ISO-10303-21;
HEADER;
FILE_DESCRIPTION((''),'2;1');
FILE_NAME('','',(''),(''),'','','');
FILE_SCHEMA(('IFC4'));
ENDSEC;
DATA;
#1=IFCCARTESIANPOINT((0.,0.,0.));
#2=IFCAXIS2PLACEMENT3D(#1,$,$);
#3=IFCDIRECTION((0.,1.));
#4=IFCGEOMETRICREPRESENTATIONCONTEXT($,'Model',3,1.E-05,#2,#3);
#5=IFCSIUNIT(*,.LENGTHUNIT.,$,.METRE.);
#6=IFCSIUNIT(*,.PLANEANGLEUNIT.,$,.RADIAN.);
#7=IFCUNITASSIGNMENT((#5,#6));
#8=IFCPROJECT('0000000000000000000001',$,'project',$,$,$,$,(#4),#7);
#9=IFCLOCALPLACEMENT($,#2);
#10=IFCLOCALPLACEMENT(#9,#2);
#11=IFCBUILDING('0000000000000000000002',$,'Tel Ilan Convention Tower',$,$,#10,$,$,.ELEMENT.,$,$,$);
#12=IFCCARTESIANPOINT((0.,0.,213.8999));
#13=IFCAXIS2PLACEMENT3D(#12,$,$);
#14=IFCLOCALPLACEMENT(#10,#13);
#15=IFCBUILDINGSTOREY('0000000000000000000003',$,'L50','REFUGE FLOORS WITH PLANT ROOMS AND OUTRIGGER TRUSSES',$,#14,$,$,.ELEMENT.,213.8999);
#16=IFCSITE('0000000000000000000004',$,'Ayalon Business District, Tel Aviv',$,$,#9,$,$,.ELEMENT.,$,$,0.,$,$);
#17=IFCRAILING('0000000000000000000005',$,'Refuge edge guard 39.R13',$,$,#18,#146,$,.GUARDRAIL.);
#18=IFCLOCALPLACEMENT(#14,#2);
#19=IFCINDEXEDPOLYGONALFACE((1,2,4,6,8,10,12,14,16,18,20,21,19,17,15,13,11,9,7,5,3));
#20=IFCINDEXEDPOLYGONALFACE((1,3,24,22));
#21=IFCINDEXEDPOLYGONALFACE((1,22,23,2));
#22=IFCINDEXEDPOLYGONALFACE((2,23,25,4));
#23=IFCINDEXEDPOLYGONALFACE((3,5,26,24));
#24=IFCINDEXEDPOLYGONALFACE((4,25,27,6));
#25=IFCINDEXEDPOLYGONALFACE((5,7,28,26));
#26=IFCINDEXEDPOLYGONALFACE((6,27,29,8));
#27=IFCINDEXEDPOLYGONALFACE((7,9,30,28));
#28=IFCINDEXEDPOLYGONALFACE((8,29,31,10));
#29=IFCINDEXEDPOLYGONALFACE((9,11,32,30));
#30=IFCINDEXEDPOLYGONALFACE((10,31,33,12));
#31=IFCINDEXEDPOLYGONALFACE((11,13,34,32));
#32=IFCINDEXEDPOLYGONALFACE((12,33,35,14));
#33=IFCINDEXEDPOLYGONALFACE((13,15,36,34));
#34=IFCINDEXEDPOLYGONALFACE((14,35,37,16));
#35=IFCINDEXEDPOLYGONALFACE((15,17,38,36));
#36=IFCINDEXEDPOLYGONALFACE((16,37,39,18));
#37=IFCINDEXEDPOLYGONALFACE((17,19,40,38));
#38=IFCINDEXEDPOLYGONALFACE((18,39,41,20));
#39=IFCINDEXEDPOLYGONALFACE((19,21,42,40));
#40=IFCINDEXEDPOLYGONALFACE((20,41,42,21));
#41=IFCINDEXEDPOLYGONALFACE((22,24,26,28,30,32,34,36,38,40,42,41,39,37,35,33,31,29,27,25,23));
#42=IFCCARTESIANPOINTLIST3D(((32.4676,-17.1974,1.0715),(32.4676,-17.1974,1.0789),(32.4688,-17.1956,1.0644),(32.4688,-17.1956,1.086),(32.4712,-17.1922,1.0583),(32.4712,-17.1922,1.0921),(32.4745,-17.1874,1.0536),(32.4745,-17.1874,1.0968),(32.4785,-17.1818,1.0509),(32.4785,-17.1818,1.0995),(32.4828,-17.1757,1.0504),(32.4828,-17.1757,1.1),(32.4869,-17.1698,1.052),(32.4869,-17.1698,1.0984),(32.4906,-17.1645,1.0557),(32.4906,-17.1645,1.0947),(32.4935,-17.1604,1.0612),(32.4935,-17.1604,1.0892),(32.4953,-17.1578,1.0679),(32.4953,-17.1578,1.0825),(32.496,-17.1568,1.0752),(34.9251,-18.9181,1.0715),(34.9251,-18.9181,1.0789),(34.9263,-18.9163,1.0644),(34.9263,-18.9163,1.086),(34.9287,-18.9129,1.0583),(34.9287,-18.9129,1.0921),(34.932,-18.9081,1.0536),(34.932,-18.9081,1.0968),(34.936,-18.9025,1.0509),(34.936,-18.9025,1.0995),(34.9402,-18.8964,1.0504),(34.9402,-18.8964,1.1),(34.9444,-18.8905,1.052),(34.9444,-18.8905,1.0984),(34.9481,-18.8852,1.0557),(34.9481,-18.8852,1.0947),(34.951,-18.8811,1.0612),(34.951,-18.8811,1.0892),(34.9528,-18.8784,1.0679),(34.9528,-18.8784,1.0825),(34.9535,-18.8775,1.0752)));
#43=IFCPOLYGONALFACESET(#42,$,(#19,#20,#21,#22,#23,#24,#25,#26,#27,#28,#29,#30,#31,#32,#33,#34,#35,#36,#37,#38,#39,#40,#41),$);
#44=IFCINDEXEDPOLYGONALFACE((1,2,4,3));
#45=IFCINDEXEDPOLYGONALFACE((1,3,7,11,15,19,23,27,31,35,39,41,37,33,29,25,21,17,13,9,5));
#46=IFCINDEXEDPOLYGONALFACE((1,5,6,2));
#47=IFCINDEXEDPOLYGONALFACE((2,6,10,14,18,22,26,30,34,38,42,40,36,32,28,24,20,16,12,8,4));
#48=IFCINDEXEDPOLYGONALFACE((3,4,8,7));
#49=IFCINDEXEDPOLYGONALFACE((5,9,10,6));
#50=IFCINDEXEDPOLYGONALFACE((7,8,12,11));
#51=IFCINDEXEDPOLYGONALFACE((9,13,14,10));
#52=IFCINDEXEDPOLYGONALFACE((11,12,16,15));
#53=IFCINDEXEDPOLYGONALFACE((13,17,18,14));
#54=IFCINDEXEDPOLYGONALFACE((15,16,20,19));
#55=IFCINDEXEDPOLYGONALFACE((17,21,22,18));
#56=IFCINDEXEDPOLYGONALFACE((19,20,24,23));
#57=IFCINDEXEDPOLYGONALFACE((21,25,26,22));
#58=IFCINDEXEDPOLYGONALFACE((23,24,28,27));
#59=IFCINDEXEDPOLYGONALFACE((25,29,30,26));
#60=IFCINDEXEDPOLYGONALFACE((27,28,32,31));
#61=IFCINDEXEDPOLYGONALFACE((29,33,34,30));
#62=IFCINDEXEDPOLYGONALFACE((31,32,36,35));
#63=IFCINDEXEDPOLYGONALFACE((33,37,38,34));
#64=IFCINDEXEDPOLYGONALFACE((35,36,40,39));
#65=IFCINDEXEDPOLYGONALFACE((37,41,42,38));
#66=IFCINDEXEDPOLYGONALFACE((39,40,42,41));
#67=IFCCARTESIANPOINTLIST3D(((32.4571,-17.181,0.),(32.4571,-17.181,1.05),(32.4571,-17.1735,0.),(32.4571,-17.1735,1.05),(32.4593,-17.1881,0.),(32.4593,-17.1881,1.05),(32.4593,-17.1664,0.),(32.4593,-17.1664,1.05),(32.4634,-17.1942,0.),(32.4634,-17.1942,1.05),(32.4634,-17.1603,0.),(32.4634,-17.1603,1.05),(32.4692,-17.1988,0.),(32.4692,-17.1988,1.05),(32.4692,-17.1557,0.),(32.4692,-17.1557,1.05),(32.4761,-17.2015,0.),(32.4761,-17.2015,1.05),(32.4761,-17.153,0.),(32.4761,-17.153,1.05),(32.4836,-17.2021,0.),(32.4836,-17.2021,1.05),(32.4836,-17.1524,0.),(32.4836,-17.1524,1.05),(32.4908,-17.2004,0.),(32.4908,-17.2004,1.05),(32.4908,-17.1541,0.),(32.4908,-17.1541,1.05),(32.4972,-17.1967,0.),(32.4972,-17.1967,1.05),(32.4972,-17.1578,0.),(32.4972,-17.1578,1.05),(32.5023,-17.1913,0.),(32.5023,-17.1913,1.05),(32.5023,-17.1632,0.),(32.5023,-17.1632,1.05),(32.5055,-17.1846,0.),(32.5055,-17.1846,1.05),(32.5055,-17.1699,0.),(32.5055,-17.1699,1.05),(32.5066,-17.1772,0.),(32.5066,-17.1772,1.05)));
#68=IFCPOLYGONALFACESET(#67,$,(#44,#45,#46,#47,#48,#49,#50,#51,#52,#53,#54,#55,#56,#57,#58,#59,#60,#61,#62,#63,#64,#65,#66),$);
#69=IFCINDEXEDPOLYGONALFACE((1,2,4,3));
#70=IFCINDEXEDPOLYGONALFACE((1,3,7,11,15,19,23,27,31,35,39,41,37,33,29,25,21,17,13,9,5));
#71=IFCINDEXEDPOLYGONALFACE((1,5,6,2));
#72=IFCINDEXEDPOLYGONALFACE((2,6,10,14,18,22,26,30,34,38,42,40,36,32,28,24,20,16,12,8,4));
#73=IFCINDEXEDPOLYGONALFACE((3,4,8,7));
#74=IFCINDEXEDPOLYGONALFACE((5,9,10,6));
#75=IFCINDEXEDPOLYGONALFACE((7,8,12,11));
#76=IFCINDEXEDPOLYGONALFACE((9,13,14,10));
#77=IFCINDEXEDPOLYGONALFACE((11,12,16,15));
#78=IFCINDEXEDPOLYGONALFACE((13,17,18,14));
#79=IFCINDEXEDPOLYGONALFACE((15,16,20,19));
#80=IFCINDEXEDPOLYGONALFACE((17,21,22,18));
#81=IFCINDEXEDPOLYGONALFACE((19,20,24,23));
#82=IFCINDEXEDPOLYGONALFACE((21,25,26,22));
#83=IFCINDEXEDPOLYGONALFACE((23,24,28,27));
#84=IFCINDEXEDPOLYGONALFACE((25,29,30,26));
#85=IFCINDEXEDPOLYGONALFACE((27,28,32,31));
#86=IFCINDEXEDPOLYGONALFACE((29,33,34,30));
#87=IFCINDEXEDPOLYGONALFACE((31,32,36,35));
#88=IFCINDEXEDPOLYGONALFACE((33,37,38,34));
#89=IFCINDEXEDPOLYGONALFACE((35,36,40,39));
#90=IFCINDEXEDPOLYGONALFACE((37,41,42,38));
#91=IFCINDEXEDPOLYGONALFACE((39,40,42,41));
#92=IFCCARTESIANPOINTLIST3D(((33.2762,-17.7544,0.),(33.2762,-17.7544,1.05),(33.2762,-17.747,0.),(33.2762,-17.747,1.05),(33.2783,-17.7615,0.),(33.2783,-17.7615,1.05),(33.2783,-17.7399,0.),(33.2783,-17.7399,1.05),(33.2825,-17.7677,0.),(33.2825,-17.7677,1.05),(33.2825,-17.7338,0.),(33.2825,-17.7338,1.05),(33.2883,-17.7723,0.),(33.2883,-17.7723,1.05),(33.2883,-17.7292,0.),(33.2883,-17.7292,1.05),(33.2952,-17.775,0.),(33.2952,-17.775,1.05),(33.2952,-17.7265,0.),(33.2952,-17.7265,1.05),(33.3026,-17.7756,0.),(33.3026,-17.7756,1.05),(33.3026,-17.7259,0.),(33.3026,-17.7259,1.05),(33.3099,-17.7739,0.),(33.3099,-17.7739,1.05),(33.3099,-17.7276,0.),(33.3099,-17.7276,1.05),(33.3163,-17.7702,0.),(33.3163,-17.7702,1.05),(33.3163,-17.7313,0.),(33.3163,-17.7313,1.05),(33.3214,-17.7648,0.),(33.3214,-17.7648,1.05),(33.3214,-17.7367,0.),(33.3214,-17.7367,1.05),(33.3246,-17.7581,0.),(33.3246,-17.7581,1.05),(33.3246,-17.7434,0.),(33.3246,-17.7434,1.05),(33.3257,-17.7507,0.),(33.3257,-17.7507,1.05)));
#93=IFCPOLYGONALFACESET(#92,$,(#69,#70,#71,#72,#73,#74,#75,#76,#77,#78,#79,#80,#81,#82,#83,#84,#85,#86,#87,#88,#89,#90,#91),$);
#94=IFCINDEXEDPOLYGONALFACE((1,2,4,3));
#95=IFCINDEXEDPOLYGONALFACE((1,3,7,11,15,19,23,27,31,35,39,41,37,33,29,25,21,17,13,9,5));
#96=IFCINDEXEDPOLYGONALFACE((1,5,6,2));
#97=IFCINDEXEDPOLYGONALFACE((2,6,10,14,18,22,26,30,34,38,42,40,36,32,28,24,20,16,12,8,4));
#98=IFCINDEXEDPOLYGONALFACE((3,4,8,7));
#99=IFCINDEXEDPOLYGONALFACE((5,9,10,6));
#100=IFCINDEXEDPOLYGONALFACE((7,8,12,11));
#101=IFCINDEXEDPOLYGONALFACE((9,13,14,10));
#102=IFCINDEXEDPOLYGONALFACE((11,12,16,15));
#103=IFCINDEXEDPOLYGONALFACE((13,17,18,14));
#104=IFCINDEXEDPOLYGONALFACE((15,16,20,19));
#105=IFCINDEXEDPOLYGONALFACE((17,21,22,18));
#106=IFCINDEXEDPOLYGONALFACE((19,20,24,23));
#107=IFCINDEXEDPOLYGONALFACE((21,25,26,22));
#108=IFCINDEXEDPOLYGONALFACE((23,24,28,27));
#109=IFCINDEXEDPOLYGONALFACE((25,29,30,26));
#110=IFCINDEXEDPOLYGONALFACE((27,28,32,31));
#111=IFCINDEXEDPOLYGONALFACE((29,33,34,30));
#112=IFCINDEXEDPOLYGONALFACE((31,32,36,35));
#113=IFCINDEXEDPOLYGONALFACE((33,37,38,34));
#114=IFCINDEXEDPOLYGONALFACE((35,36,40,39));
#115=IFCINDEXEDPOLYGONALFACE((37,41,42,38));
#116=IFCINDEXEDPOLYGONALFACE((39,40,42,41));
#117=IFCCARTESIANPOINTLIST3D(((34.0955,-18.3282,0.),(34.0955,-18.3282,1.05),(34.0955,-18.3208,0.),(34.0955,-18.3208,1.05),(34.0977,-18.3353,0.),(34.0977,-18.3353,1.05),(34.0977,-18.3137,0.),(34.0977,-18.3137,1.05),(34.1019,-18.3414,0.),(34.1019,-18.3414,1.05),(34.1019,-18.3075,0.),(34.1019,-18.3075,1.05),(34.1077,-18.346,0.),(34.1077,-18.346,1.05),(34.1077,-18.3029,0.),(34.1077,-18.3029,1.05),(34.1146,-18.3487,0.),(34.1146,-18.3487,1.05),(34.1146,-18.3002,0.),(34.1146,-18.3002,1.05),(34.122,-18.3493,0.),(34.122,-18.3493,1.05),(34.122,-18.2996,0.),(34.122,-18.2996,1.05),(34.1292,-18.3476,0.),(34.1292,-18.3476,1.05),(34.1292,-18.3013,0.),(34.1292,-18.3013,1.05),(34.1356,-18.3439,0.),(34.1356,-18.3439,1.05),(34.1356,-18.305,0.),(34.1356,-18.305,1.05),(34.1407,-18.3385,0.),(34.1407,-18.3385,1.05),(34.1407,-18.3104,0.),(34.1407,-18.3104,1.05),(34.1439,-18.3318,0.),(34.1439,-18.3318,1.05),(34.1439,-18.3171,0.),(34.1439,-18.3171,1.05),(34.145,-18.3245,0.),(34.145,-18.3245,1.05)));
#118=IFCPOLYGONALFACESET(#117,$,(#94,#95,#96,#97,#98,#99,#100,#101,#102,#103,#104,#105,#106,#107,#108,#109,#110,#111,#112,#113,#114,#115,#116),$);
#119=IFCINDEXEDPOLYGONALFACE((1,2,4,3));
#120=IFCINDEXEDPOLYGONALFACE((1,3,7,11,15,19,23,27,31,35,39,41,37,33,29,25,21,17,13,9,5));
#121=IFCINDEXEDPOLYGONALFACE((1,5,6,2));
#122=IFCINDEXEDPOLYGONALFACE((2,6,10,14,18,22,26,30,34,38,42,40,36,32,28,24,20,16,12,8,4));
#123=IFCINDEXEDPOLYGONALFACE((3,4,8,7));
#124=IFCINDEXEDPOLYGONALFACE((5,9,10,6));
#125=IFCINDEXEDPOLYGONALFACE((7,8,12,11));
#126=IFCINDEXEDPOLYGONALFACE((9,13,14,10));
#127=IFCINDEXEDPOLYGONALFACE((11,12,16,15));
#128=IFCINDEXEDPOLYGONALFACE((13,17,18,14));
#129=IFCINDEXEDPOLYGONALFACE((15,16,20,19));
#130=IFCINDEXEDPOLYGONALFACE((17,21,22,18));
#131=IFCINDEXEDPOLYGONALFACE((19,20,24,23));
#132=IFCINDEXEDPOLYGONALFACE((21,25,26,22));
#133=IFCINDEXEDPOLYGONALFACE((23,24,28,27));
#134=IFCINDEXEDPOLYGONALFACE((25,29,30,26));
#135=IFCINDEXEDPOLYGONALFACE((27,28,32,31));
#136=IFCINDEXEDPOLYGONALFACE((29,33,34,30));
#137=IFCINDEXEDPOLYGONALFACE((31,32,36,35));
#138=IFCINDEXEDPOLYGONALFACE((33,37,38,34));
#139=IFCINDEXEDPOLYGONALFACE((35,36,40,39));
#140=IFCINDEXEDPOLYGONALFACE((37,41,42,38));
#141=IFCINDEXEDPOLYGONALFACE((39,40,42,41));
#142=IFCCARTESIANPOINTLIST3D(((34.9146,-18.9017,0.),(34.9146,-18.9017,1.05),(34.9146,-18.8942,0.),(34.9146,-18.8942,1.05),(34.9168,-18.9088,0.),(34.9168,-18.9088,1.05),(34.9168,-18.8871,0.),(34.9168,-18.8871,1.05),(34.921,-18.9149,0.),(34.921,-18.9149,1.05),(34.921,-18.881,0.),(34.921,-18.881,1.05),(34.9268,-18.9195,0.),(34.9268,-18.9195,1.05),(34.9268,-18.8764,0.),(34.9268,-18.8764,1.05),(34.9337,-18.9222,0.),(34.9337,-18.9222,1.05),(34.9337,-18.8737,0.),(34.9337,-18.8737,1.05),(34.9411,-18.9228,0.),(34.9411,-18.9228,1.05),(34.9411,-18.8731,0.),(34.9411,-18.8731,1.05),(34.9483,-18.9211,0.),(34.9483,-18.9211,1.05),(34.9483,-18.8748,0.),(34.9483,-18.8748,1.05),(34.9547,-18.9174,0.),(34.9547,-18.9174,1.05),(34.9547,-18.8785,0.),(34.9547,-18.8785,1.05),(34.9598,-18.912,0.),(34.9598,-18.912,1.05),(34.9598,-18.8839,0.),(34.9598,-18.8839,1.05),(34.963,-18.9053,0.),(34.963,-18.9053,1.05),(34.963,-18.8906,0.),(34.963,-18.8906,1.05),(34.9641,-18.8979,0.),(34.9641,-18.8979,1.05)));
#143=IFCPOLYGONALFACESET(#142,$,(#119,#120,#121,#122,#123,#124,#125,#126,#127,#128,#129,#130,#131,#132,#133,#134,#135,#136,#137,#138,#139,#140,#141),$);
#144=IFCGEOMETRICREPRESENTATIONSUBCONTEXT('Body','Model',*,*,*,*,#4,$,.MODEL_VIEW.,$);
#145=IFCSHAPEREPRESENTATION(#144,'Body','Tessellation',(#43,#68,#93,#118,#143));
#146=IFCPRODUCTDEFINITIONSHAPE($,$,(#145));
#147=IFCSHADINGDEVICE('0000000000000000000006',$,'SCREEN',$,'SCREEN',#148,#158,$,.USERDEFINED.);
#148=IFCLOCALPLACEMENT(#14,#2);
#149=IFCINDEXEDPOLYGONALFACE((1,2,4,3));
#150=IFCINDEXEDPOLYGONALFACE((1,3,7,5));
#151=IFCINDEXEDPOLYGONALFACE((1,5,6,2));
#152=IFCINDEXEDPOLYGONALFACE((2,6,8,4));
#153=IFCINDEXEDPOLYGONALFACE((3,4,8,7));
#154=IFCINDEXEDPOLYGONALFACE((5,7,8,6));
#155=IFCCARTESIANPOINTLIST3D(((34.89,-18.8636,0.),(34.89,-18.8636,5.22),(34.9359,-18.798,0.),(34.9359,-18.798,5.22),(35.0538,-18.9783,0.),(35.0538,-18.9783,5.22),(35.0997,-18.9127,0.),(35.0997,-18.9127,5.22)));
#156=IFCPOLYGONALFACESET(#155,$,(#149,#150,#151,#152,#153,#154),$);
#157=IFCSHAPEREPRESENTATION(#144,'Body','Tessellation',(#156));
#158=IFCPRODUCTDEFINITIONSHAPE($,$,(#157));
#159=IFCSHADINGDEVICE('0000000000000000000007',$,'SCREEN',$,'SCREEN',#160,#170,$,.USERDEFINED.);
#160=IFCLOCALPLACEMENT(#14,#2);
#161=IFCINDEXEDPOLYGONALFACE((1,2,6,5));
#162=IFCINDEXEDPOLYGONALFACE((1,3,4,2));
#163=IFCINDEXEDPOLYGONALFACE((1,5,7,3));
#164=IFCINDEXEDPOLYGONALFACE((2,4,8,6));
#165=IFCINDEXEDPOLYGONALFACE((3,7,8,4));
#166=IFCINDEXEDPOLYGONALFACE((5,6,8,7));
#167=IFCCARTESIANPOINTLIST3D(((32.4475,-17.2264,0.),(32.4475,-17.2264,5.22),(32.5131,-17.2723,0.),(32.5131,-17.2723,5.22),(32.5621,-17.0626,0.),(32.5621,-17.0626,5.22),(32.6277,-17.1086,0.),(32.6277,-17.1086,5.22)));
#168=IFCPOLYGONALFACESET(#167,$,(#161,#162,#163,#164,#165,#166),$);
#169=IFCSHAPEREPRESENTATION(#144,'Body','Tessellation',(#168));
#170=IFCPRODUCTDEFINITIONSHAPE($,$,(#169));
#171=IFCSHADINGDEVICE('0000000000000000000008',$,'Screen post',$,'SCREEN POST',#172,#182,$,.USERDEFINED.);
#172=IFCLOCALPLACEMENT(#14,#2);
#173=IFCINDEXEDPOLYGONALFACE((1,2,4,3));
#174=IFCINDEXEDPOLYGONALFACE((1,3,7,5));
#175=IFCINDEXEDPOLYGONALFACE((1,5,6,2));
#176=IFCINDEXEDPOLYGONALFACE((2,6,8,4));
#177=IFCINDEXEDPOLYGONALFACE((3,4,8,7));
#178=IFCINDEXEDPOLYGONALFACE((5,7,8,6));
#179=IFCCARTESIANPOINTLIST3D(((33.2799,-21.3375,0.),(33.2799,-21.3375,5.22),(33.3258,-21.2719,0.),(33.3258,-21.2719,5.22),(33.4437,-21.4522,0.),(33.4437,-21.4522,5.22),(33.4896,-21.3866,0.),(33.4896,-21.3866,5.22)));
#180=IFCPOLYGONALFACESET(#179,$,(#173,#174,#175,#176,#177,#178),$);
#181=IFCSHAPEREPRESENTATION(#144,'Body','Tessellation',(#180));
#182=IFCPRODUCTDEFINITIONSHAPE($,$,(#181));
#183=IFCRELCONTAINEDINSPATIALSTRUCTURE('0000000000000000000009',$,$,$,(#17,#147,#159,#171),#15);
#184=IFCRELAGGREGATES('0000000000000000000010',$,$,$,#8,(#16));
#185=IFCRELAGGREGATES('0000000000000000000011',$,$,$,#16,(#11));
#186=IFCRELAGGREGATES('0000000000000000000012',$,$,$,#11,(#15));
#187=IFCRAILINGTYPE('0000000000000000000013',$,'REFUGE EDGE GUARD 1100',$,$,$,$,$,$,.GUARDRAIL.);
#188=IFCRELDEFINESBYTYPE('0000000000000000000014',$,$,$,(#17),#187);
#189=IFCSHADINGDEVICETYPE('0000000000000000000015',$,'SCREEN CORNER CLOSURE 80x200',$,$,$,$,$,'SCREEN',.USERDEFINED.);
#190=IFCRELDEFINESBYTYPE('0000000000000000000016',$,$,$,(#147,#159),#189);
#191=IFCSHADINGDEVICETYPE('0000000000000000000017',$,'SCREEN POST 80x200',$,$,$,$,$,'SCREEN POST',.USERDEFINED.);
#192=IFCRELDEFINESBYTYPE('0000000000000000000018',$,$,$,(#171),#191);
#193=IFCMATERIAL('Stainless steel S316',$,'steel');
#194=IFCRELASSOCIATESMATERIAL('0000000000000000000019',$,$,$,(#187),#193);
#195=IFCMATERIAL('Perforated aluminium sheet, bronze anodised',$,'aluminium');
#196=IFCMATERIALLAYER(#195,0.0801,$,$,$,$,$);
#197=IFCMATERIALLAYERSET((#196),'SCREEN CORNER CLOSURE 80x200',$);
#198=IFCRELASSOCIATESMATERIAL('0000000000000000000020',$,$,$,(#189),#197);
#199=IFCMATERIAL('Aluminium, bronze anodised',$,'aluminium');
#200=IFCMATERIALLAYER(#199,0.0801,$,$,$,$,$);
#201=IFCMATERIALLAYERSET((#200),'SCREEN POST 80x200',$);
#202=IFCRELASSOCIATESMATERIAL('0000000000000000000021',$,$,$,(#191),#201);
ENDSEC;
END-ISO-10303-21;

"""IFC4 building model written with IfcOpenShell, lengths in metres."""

from ifc_helpers import new_model, si_unit, direction, frame, origin, origin_2d, place, context, subcontext, project, spatial, rectangle, circle, extrude, material, layer, layer_set, type_object, element, save


model = new_model("IFC4")

# Units and contexts
model_context = context("Model", 3, precision=1e-05, world=origin(), true_north=direction((0.0, 1.0)))
body_context = subcontext(model_context, "Body", "Model", "MODEL_VIEW")
ifc_project = project(units=[si_unit("LENGTHUNIT", "METRE"), si_unit("PLANEANGLEUNIT", "RADIAN")], contexts=[model_context])

# Site, building, storey
site_placement = place(None, origin())
site = spatial("IfcSite", under=ifc_project, at=site_placement, Name="Ayalon Business District, Tel Aviv", CompositionType="ELEMENT", RefElevation=0.0)
building_placement = place(site_placement, origin())
building = spatial("IfcBuilding", under=site, at=building_placement, Name="Tel Ilan Convention Tower", CompositionType="ELEMENT")
storey_placement = place(building_placement, frame((0.0, 0.0, 213.8999)))
storey = spatial("IfcBuildingStorey", under=building, at=storey_placement, Name="L50", Description="REFUGE FLOORS WITH PLANT ROOMS AND OUTRIGGER TRUSSES", CompositionType="ELEMENT", Elevation=213.8999)

# Railing
ifc_material_1 = material(Name="Stainless steel S316", Category="steel")
railing_type = type_object("IfcRailingType", Name="REFUGE EDGE GUARD 1100", PredefinedType="GUARDRAIL", material=ifc_material_1)
railing_1_placement = place(storey_placement, frame((32.4817, -17.1772, 0.0)))
element("IfcRailing", 1, at=railing_1_placement, inside=storey, type_object=railing_type, Name="Refuge edge guard 39.R13", PredefinedType="GUARDRAIL", context=body_context, shape_type="SweptSolid", body=[
    extrude(circle(Radius=0.0249, at=origin_2d()), frame((0.0, 0.0, 1.0752), z_axis=(0.819163, -0.573561, 0.0), x_axis=(0.573561, 0.819163, 0.0)), (0.0, 0.0, 1.0), 3.0),
    extrude(circle(Radius=0.0249, at=origin_2d()), origin(), (0.0, 0.0, 1.0), 1.05),
    extrude(circle(Radius=0.0249, at=origin_2d()), frame((0.8191, -0.5735, 0.0)), (0.0, 0.0, 1.0), 1.05),
    extrude(circle(Radius=0.0249, at=origin_2d()), frame((1.6384, -1.1472, 0.0)), (0.0, 0.0, 1.0), 1.05),
    extrude(circle(Radius=0.0249, at=origin_2d()), frame((2.4575, -1.7207, 0.0)), (0.0, 0.0, 1.0), 1.05),
])

# Shading devices
ifc_material_2 = material(Name="Perforated aluminium sheet, bronze anodised", Category="aluminium")
ifc_layer_1 = layer(ifc_material_2, 0.0801)
ifc_layer_set_1 = layer_set([ifc_layer_1], Name="SCREEN CORNER CLOSURE 80x200")
shading_device_type_1 = type_object("IfcShadingDeviceType", Name="SCREEN CORNER CLOSURE 80x200", ElementType="SCREEN", PredefinedType="USERDEFINED", material=ifc_layer_set_1)
for number, where, z_axis, x_axis, name in (
    (2, (34.9949, -18.8882, 0.0), (0.0, 0.0, 1.0), (0.573576, 0.819152, 0.0), "SCREEN"),
    (3, (32.5376, -17.1675, 0.0), (0.0, 0.0, 1.0), (-0.819152, 0.573576, 0.0), "SCREEN"),
):
    element("IfcShadingDevice", number, at=place(storey_placement, frame(where, z_axis=z_axis, x_axis=x_axis)), inside=storey, type_object=shading_device_type_1, Name=name, ObjectType="SCREEN", PredefinedType="USERDEFINED", context=body_context, shape_type="SweptSolid", body=[
        extrude(rectangle(XDim=0.0801, YDim=0.2, at=origin_2d()), origin(), (0.0, 0.0, 1.0), 5.22),
    ])
ifc_material_3 = material(Name="Aluminium, bronze anodised", Category="aluminium")
ifc_layer_2 = layer(ifc_material_3, 0.0801)
ifc_layer_set_2 = layer_set([ifc_layer_2], Name="SCREEN POST 80x200")
shading_device_type_2 = type_object("IfcShadingDeviceType", Name="SCREEN POST 80x200", ElementType="SCREEN POST", PredefinedType="USERDEFINED", material=ifc_layer_set_2)
shading_device_placement = place(storey_placement, frame((33.3848, -21.3621, 0.0), z_axis=(0.0, 0.0, 1.0), x_axis=(0.573576, 0.819152, 0.0)))
element("IfcShadingDevice", 4, at=shading_device_placement, inside=storey, type_object=shading_device_type_2, Name="Screen post", ObjectType="SCREEN POST", PredefinedType="USERDEFINED", context=body_context, shape_type="SweptSolid", body=[
    extrude(rectangle(XDim=0.0801, YDim=0.2, at=origin_2d()), origin(), (0.0, 0.0, 1.0), 5.22),
])

save(model, "model.ifc")
